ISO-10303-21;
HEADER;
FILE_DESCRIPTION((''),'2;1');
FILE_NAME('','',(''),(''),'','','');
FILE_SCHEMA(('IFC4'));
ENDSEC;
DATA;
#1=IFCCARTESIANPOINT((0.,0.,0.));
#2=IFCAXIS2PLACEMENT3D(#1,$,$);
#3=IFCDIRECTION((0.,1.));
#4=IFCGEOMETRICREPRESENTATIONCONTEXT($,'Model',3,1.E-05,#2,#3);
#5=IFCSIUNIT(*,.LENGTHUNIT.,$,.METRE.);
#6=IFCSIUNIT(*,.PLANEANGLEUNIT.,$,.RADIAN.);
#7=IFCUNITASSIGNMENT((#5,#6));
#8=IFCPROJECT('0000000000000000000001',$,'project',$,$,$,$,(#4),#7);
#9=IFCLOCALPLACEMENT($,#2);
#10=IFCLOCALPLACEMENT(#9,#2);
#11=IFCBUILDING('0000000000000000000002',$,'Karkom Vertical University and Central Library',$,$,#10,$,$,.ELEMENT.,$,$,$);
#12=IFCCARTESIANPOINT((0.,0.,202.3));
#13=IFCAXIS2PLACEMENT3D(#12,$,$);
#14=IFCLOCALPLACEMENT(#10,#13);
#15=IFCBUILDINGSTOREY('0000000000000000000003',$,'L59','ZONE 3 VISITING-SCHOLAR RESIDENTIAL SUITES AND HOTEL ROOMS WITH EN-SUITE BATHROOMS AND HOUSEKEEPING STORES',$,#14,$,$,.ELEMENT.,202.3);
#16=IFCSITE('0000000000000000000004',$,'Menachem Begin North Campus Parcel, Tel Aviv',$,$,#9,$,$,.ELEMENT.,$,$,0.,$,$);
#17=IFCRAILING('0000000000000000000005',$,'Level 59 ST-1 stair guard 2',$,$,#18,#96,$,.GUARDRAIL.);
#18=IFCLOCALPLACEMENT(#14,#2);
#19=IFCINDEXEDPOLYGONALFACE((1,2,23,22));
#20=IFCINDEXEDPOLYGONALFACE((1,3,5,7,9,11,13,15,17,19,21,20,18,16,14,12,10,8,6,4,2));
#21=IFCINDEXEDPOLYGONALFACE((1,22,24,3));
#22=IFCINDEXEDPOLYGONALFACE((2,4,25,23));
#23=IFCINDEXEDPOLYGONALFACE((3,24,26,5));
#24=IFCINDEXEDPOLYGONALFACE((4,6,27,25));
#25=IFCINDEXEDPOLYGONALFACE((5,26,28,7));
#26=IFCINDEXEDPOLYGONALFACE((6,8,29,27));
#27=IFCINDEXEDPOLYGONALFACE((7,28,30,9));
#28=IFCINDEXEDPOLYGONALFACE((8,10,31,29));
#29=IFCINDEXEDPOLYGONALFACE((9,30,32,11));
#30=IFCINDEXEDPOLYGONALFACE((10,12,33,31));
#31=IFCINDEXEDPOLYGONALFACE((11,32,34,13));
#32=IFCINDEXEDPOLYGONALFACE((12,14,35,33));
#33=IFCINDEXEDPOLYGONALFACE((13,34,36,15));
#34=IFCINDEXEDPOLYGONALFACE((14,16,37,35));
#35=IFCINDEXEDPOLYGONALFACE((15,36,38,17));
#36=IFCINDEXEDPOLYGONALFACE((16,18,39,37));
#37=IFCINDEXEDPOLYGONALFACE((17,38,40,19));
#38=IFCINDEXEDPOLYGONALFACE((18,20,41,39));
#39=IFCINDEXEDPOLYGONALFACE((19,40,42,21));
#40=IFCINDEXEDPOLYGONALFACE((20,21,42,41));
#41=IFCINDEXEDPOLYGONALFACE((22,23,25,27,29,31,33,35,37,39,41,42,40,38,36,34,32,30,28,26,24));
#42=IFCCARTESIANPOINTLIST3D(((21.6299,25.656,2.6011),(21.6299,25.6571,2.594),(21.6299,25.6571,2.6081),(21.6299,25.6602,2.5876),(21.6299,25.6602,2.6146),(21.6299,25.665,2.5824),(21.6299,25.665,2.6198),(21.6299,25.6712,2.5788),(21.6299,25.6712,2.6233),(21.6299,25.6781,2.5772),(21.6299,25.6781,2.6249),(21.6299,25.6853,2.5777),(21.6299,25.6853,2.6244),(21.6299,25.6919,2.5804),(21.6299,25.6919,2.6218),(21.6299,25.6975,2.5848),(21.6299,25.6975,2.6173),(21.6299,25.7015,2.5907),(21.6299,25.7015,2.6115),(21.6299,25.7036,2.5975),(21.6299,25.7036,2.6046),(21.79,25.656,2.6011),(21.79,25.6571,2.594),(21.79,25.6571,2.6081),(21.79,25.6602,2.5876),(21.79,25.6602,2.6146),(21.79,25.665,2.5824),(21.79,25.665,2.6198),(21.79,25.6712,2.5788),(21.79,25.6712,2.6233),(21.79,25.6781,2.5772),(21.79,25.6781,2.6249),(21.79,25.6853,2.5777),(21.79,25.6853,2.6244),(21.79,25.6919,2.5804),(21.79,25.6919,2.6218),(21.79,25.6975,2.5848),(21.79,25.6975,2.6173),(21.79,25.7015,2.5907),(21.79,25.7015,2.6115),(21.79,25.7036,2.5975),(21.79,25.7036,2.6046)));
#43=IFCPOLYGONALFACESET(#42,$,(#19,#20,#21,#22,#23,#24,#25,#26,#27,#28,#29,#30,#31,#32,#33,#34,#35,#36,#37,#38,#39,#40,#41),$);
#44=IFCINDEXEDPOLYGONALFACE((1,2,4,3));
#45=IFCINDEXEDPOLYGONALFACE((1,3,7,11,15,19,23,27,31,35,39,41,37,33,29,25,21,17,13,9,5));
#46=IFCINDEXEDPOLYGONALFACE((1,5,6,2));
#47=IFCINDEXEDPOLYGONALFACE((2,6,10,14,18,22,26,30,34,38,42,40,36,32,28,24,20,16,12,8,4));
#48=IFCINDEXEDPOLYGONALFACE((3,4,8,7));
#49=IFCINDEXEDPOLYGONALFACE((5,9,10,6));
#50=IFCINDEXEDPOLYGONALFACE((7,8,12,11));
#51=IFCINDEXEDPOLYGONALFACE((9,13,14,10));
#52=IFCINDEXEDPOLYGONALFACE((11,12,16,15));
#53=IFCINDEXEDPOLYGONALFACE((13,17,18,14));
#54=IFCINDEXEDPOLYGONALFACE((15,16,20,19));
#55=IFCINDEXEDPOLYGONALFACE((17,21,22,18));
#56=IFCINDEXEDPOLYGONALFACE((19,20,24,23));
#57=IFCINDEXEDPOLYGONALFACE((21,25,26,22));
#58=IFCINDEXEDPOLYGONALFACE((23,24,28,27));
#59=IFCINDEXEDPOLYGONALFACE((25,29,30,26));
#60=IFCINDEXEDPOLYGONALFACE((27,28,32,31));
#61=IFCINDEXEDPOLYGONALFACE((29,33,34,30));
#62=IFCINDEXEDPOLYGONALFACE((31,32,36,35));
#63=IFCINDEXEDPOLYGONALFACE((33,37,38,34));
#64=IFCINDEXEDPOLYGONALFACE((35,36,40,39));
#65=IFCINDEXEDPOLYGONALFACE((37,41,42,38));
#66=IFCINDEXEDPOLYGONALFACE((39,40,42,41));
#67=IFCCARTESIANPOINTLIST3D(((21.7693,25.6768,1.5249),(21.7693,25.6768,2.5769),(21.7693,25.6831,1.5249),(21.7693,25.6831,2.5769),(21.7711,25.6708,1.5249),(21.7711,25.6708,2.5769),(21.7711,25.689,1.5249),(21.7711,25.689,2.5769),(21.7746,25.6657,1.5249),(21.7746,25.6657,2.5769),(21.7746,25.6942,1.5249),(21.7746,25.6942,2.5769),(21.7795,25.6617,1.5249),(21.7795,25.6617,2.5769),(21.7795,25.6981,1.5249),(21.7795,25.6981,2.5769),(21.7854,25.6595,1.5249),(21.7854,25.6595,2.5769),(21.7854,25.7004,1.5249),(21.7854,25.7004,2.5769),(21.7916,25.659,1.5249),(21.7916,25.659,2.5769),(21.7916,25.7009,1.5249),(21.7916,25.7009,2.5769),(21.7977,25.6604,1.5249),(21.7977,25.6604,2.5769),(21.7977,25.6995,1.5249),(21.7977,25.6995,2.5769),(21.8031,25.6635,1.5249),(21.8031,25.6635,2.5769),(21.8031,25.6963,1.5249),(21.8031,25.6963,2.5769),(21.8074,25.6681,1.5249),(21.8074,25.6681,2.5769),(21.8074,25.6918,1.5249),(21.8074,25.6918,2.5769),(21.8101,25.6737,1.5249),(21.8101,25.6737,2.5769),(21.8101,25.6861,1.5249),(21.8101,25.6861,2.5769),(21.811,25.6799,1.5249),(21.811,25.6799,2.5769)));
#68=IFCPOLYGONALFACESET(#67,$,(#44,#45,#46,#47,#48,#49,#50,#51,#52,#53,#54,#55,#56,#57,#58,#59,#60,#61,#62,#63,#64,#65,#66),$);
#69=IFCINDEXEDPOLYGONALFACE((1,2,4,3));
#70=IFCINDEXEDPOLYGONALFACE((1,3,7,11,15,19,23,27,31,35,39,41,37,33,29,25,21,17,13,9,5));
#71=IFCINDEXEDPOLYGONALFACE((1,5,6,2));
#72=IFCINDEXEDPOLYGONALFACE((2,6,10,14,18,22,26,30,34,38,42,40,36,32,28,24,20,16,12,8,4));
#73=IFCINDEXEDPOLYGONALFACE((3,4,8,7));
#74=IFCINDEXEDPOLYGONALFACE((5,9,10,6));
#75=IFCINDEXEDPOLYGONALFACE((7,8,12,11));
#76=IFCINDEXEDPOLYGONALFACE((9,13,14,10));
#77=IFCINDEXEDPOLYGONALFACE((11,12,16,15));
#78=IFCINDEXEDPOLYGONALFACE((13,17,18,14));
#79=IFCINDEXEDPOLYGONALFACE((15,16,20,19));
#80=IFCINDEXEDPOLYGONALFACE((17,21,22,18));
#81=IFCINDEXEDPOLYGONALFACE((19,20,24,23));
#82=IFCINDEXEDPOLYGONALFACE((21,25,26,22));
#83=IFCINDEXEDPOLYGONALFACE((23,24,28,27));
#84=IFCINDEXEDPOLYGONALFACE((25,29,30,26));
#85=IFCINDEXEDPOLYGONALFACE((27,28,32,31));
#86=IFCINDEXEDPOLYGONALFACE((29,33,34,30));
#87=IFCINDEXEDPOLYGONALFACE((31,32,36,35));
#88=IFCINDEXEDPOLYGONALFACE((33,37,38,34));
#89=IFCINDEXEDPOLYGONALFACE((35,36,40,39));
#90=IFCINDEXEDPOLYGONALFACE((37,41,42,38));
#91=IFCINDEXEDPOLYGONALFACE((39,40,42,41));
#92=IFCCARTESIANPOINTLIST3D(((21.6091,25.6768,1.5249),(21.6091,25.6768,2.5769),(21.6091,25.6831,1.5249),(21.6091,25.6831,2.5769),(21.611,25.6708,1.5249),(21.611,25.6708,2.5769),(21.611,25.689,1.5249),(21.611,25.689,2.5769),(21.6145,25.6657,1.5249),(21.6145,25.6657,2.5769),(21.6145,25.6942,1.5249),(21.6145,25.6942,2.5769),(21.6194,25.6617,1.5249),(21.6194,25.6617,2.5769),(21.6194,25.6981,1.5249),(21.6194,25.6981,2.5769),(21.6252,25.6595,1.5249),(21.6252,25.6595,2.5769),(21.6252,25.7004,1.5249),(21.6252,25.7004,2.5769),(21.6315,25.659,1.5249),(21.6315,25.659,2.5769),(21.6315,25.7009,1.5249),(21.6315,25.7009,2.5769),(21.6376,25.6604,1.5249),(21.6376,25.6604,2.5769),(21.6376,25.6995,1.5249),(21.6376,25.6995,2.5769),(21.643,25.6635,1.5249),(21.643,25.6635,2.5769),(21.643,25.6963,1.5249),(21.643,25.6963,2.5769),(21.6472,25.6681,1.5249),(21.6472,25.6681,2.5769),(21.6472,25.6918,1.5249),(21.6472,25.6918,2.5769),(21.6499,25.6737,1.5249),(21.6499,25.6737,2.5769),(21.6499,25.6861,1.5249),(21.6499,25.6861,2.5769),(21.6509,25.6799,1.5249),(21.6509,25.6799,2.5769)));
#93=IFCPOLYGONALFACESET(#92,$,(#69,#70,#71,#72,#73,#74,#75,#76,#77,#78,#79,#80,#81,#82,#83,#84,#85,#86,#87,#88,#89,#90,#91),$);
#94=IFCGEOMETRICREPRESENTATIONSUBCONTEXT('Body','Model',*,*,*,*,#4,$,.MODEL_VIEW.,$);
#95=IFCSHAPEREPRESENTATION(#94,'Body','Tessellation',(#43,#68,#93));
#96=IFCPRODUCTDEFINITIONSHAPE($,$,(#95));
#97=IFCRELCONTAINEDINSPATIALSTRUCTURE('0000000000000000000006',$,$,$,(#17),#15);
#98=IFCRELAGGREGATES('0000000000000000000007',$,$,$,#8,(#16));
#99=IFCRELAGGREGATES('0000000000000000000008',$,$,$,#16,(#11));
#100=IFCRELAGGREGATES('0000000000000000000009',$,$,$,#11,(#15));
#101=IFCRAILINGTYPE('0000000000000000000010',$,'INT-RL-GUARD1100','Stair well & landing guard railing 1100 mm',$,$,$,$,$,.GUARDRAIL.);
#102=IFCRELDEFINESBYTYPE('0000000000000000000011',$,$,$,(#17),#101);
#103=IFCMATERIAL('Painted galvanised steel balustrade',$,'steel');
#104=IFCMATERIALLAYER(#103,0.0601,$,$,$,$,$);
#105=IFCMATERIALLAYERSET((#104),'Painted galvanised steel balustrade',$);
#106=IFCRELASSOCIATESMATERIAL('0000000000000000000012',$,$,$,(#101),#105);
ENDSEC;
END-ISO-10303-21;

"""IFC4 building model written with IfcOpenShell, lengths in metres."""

from ifc_helpers import new_model, si_unit, direction, frame, origin, origin_2d, place, context, subcontext, project, spatial, circle, extrude, material, layer, layer_set, type_object, element, save


model = new_model("IFC4")

# Units and contexts
model_context = context("Model", 3, precision=1e-05, world=origin(), true_north=direction((0.0, 1.0)))
body_context = subcontext(model_context, "Body", "Model", "MODEL_VIEW")
ifc_project = project(units=[si_unit("LENGTHUNIT", "METRE"), si_unit("PLANEANGLEUNIT", "RADIAN")], contexts=[model_context])

# Site, building, storey
site_placement = place(None, origin())
site = spatial("IfcSite", under=ifc_project, at=site_placement, Name="Menachem Begin North Campus Parcel, Tel Aviv", CompositionType="ELEMENT", RefElevation=0.0)
building_placement = place(site_placement, origin())
building = spatial("IfcBuilding", under=site, at=building_placement, Name="Karkom Vertical University and Central Library", CompositionType="ELEMENT")
storey_placement = place(building_placement, frame((0.0, 0.0, 202.3)))
storey = spatial("IfcBuildingStorey", under=building, at=storey_placement, Name="L59", Description="ZONE 3 VISITING-SCHOLAR RESIDENTIAL SUITES AND HOTEL ROOMS WITH EN-SUITE BATHROOMS AND HOUSEKEEPING STORES", CompositionType="ELEMENT", Elevation=202.3)

# Railing
ifc_material_1 = material(Name="Painted galvanised steel balustrade", Category="steel")
ifc_layer_1 = layer(ifc_material_1, 0.0601)
ifc_layer_set_1 = layer_set([ifc_layer_1], Name="Painted galvanised steel balustrade")
railing_type_1 = type_object("IfcRailingType", Name="INT-RL-GUARD1100", Description="Stair well & landing guard railing 1100 mm", PredefinedType="GUARDRAIL", material=ifc_layer_set_1)
railing_1_placement = place(storey_placement, frame((21.79, 25.6799, 1.5249)))
element("IfcRailing", 1, at=railing_1_placement, inside=storey, type_object=railing_type_1, Name="Level 59 ST-1 stair guard 2", PredefinedType="GUARDRAIL", context=body_context, shape_type="SweptSolid", body=[
    extrude(circle(Radius=0.0239, at=origin_2d()), frame((0.0, 0.0, 1.0762), z_axis=(-1.0, 0.0, 0.0), x_axis=(0.0, -1.0, 0.0)), (0.0, 0.0, 1.0), 0.1602),
    extrude(circle(Radius=0.021, at=origin_2d()), origin(), (0.0, 0.0, 1.0), 1.052),
    extrude(circle(Radius=0.021, at=origin_2d()), frame((-0.1602, 0.0, 0.0)), (0.0, 0.0, 1.0), 1.052),
])

save(model, "model.ifc")
